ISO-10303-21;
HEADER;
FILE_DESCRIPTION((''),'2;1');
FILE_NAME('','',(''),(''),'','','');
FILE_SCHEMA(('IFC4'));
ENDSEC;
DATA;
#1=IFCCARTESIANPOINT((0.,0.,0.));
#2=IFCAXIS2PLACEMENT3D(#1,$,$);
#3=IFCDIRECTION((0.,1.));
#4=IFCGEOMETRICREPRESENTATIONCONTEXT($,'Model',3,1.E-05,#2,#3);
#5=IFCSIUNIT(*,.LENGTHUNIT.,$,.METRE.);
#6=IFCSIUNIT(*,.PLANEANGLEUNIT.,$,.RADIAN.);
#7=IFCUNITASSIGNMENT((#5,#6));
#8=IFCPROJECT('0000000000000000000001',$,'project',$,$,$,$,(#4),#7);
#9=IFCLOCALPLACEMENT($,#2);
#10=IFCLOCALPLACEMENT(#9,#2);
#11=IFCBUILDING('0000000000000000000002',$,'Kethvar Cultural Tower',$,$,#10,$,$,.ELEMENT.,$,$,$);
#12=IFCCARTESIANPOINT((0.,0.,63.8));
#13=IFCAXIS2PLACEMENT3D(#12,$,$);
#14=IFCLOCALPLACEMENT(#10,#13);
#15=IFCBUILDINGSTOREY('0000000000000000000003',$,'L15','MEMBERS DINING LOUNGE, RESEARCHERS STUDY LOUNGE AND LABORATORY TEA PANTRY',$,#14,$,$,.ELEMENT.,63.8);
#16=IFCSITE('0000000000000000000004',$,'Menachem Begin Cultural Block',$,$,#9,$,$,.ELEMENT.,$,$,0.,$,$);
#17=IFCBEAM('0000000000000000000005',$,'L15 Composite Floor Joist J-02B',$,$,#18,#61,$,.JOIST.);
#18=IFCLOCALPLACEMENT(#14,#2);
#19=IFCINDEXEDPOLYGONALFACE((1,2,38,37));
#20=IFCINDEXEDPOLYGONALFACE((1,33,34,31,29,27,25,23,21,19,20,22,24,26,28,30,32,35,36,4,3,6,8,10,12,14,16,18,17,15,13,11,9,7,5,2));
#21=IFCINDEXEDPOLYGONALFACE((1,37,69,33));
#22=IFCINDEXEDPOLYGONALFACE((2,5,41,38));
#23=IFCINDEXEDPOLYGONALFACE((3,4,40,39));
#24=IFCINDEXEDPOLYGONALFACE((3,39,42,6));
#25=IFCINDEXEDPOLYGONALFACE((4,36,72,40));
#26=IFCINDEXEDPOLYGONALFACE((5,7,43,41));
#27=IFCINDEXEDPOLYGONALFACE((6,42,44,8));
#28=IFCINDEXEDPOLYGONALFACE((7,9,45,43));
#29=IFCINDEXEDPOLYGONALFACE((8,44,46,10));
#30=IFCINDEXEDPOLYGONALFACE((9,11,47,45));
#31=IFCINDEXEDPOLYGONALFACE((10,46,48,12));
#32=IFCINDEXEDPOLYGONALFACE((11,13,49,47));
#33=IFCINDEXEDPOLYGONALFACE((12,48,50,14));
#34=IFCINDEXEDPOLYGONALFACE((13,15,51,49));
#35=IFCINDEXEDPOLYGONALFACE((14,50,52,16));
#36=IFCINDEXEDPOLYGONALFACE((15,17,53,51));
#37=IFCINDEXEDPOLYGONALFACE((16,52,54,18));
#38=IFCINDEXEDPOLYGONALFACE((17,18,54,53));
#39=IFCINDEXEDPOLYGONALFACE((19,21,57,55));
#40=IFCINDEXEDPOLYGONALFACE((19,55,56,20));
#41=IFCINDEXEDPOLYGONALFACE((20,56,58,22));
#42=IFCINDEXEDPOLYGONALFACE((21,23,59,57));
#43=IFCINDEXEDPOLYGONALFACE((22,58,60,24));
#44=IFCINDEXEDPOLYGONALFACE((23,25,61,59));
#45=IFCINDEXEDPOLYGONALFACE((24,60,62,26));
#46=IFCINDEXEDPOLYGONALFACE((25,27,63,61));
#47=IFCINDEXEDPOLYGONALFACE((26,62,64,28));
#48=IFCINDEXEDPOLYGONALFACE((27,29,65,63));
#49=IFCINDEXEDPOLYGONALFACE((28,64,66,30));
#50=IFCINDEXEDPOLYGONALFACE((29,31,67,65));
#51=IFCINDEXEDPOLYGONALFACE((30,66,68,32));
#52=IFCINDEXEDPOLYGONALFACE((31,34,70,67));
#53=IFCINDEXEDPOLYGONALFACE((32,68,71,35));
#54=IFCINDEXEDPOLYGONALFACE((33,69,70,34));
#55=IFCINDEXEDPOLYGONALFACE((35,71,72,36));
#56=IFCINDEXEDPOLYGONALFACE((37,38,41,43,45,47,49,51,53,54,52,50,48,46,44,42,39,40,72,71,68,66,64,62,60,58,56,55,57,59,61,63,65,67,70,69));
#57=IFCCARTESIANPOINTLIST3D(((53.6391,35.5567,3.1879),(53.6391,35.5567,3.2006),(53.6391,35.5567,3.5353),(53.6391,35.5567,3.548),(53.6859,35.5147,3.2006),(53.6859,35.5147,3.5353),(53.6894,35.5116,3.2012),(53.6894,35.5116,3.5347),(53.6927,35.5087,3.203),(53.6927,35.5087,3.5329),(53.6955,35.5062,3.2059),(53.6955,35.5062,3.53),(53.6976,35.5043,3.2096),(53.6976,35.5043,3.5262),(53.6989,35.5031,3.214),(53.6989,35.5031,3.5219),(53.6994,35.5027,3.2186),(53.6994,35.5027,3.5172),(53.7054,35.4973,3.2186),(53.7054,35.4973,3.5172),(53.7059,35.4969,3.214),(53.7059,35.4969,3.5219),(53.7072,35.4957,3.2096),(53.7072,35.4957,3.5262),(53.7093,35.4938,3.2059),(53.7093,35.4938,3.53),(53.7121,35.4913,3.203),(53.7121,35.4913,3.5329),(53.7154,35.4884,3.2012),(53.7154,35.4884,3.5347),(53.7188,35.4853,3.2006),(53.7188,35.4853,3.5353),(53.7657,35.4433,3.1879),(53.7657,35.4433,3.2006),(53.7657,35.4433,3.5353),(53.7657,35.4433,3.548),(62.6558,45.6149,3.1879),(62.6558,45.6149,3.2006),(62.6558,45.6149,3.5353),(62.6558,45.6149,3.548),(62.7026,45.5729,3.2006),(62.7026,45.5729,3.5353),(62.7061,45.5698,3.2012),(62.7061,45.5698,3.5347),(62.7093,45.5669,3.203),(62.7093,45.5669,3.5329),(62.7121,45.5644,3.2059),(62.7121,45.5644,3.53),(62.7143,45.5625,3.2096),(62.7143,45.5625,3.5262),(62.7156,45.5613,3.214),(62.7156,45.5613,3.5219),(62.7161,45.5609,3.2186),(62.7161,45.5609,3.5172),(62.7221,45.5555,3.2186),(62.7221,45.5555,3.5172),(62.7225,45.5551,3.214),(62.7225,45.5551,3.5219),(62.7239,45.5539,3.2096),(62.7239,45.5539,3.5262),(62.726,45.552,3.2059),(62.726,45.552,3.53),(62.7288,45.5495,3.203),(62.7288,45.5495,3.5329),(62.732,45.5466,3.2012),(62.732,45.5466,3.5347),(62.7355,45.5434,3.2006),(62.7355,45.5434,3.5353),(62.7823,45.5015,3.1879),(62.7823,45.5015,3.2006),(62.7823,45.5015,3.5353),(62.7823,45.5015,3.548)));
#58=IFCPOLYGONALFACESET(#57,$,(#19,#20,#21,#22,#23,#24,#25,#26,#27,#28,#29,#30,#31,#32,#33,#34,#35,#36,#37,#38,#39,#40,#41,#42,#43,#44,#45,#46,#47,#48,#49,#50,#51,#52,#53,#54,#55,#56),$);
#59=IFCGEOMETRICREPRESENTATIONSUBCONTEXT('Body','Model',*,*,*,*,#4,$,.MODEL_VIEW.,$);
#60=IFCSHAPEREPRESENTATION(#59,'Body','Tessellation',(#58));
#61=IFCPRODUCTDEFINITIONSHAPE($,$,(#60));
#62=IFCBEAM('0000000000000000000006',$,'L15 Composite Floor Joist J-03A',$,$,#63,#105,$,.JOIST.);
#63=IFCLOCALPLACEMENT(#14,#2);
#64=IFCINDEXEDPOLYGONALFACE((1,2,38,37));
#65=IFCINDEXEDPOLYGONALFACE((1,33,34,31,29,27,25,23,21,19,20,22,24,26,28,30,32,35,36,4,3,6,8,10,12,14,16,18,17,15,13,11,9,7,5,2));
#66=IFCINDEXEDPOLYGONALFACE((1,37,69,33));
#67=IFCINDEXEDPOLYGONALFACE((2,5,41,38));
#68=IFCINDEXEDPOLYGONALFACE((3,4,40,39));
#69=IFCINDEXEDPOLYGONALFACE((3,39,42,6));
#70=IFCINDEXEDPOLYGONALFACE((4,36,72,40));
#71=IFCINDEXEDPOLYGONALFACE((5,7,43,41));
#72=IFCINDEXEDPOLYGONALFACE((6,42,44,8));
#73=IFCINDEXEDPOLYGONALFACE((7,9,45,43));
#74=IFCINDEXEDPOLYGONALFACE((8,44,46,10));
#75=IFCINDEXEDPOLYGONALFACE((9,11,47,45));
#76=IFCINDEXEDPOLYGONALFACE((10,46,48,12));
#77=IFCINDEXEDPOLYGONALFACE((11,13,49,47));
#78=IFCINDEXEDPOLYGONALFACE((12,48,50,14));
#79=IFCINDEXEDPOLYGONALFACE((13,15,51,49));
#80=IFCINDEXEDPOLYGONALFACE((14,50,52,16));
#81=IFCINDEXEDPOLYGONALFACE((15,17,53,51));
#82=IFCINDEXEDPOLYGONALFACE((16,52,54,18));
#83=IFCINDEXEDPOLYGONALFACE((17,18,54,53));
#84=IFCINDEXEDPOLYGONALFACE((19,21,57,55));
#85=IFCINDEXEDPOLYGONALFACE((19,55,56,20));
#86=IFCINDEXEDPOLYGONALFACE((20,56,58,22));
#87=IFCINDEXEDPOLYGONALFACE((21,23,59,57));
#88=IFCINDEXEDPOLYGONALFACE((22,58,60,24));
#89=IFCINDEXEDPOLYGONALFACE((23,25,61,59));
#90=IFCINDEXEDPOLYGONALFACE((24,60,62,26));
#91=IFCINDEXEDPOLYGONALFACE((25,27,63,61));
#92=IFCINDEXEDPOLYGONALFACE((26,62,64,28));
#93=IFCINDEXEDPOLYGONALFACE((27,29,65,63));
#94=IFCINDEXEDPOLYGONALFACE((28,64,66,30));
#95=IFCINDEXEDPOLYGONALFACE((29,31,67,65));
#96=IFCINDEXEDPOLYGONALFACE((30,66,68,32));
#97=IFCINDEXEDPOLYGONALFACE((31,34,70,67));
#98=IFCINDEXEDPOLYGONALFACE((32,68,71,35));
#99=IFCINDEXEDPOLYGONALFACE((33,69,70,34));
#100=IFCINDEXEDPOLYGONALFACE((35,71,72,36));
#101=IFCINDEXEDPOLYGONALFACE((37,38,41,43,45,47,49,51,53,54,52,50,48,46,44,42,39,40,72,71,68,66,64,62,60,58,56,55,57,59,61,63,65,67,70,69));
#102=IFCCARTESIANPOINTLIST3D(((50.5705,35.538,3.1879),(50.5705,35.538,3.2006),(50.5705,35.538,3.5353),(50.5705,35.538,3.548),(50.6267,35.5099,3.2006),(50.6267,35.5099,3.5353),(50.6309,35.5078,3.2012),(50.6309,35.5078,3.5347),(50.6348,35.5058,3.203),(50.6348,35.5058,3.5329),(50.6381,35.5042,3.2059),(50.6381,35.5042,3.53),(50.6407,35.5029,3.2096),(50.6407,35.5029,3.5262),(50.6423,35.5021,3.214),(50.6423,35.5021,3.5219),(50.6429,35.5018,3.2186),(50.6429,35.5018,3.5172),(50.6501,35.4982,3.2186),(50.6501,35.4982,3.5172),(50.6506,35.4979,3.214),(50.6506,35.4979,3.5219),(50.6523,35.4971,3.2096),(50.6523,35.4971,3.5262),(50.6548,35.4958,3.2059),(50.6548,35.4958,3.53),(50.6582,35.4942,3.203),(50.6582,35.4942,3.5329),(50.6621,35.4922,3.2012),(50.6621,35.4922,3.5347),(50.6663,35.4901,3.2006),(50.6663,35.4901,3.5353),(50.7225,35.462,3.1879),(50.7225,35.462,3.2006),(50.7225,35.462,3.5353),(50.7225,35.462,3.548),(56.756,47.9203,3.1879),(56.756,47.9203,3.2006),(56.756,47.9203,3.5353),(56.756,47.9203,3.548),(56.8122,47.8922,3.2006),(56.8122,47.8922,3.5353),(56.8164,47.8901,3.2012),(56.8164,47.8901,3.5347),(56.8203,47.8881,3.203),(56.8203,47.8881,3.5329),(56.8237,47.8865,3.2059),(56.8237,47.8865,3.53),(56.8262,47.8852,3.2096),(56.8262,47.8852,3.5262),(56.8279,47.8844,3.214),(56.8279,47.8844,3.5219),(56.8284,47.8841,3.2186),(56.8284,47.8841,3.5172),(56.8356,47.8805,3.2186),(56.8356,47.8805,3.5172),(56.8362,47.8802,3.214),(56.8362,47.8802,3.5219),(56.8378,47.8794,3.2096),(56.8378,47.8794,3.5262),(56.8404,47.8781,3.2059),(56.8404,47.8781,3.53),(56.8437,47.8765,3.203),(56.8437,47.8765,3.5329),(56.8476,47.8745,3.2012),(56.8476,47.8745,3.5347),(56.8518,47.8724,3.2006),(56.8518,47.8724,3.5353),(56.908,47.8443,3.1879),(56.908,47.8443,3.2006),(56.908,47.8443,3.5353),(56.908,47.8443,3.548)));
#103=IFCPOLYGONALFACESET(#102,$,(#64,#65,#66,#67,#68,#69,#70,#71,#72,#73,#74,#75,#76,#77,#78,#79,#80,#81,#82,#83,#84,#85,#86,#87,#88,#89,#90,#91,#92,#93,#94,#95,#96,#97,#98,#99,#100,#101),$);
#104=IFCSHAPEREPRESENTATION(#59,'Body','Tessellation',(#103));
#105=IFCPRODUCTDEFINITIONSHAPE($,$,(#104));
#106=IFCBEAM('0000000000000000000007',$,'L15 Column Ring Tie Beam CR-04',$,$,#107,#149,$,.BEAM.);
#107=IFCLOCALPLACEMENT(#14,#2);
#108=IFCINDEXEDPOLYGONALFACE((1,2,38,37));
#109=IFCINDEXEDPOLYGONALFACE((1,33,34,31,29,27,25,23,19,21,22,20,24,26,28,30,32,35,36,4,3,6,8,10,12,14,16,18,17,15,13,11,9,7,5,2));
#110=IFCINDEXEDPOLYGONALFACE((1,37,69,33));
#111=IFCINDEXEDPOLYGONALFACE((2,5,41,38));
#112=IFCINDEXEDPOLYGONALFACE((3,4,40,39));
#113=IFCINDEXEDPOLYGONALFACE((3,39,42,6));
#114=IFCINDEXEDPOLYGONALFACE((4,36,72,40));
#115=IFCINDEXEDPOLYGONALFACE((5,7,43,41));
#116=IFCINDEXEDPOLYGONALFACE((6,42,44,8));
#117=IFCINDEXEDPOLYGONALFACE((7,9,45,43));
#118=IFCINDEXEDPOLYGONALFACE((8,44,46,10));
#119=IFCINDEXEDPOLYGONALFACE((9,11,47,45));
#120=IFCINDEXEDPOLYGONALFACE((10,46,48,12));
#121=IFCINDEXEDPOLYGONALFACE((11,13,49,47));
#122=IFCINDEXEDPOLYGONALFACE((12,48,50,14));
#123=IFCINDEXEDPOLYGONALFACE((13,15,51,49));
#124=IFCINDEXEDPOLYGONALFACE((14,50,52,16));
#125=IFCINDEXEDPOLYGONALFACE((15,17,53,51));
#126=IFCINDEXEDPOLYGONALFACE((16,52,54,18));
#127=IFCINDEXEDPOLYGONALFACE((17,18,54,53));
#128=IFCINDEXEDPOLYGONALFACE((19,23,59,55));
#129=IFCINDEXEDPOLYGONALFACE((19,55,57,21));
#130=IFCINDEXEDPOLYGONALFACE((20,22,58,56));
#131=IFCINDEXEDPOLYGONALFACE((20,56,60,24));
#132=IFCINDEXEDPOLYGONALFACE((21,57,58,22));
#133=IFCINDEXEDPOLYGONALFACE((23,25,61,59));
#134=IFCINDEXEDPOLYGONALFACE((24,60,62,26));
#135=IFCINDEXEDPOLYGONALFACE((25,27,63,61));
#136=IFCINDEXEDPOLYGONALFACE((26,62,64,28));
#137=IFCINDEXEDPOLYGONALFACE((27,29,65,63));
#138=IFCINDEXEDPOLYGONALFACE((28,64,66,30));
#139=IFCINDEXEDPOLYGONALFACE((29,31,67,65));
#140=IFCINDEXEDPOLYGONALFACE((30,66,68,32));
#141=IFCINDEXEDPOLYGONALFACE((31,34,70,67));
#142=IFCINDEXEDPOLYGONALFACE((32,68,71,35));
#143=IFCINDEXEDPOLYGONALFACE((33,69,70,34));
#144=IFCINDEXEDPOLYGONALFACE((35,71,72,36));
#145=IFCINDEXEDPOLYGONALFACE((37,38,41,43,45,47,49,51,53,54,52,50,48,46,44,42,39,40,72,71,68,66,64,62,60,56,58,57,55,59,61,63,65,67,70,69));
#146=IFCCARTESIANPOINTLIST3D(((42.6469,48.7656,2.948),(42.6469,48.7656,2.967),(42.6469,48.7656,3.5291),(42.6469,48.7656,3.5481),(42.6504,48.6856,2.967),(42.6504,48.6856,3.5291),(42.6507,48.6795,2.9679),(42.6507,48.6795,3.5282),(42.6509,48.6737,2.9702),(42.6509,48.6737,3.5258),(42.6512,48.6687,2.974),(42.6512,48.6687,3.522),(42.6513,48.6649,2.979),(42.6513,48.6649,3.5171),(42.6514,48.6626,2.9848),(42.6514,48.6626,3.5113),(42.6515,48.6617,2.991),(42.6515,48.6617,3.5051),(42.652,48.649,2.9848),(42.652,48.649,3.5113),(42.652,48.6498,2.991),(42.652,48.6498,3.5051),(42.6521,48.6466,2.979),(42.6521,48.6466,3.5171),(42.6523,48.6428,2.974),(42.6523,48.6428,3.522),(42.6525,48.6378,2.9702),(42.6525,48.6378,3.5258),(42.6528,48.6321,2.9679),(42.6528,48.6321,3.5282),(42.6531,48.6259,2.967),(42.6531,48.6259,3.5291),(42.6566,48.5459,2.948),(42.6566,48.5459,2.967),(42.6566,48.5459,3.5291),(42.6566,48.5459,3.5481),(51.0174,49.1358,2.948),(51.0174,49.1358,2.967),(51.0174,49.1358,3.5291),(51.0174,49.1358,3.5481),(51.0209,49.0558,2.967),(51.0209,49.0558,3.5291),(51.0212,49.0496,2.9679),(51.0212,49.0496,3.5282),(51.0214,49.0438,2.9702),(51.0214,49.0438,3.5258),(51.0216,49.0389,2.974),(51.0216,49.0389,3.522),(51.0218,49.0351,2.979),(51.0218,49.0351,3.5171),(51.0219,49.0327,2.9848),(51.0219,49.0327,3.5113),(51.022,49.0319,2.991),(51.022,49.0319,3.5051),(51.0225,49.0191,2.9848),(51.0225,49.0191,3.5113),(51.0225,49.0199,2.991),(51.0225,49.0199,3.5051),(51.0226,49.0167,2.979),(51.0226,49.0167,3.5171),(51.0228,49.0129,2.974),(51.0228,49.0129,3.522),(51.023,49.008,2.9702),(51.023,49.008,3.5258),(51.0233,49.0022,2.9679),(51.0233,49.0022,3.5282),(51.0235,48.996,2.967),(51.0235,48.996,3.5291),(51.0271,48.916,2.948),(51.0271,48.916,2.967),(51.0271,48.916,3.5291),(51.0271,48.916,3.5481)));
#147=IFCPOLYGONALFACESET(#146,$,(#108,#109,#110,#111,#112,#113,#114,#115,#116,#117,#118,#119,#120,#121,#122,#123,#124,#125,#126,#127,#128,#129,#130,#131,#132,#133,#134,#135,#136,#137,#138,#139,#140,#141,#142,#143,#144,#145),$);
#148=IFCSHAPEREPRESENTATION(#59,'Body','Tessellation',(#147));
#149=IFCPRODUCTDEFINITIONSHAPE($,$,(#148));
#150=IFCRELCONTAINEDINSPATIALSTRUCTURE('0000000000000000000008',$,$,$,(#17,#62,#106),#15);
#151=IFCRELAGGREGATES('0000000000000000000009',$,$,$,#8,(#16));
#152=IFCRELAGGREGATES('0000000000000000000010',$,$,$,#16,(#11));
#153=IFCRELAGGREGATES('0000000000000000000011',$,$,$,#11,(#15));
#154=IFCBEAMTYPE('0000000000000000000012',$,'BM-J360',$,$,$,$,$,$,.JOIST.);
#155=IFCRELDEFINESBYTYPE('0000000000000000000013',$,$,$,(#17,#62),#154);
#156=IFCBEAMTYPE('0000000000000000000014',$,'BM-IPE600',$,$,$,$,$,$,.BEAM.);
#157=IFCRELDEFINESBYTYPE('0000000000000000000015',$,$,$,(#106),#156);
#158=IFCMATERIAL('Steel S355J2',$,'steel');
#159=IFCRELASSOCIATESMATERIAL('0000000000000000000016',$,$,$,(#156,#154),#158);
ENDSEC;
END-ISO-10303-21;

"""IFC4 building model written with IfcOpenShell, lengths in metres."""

from ifc_helpers import new_model, si_unit, direction, frame, origin, origin_2d, place, context, subcontext, project, spatial, i_section, extrude, source, transform, mapped, material, material_profile, profile_set, type_object, element, save


model = new_model("IFC4")

# Units and contexts
model_context = context("Model", 3, precision=1e-05, world=origin(), true_north=direction((0.0, 1.0)))
body_context = subcontext(model_context, "Body", "Model", "MODEL_VIEW")
ifc_project = project(units=[si_unit("LENGTHUNIT", "METRE"), si_unit("PLANEANGLEUNIT", "RADIAN")], contexts=[model_context])

# Site, building, storey
site_placement = place(None, origin())
site = spatial("IfcSite", under=ifc_project, at=site_placement, Name="Menachem Begin Cultural Block", CompositionType="ELEMENT", RefElevation=0.0)
building_placement = place(site_placement, origin())
building = spatial("IfcBuilding", under=site, at=building_placement, Name="Kethvar Cultural Tower", CompositionType="ELEMENT")
storey_placement = place(building_placement, frame((0.0, 0.0, 63.8)))
storey = spatial("IfcBuildingStorey", under=building, at=storey_placement, Name="L15", Description="MEMBERS DINING LOUNGE, RESEARCHERS STUDY LOUNGE AND LABORATORY TEA PANTRY", CompositionType="ELEMENT", Elevation=63.8)

# Beams
ifc_material_1 = material(Name="Steel S355J2", Category="steel")
ifc_material_profile_1 = material_profile(ifc_material_1, i_section(OverallWidth=0.22, OverallDepth=0.6001, WebThickness=0.012, FlangeThickness=0.019, FilletRadius=0.0239, at=origin_2d()), Name="Steel S355J2 — IPE600")
ifc_profile_set_1 = profile_set([ifc_material_profile_1], Name="Steel S355J2 — IPE600")
beam_type_1 = type_object("IfcBeamType", Name="BM-IPE600", PredefinedType="BEAM", material=ifc_profile_set_1)
ifc_material_profile_2 = material_profile(ifc_material_1, i_section(OverallWidth=0.1699, OverallDepth=0.3601, WebThickness=0.0081, FlangeThickness=0.0127, FilletRadius=0.0181, at=origin_2d()), Name="Steel S355J2 — IPE360")
ifc_profile_set_2 = profile_set([ifc_material_profile_2], Name="Steel S355J2 — IPE360")
beam_type_2 = type_object("IfcBeamType", Name="BM-J360", PredefinedType="JOIST", material=ifc_profile_set_2)
shared_shape_1 = source(origin(), body_context, "Body", "SweptSolid", [
    extrude(i_section(OverallWidth=0.1699, OverallDepth=0.3601, WebThickness=0.0081, FlangeThickness=0.0127, FilletRadius=0.0181, at=origin_2d()), origin(), (0.0, 0.0, 1.0), 13.5081),
])
beam_1_placement = place(storey_placement, frame((53.7024, 35.5, 3.3679), z_axis=(0.667504, 0.744607, 0.0), x_axis=(-0.744607, 0.667504, 0.0)))
element("IfcBeam", 1, at=beam_1_placement, inside=storey, type_object=beam_type_2, Name="L15 Composite Floor Joist J-02B", PredefinedType="JOIST", context=body_context, shape_type="MappedRepresentation", body=[
    mapped(shared_shape_1, transform((0.0, 0.0, 0.0), scale=1.0)),
])
shared_shape_2 = source(origin(), body_context, "Body", "SweptSolid", [
    extrude(i_section(OverallWidth=0.1699, OverallDepth=0.3601, WebThickness=0.0081, FlangeThickness=0.0127, FilletRadius=0.0181, at=origin_2d()), origin(), (0.0, 0.0, 1.0), 13.8413),
])
beam_2_placement = place(storey_placement, frame((50.6465, 35.5, 3.3679), z_axis=(0.446889, 0.894589, 0.0), x_axis=(-0.894589, 0.446889, 0.0)))
element("IfcBeam", 2, at=beam_2_placement, inside=storey, type_object=beam_type_2, Name="L15 Composite Floor Joist J-03A", PredefinedType="JOIST", context=body_context, shape_type="MappedRepresentation", body=[
    mapped(shared_shape_2, transform((0.0, 0.0, 0.0), scale=1.0)),
])
shared_shape_3 = source(origin(), body_context, "Body", "SweptSolid", [
    extrude(i_section(OverallWidth=0.22, OverallDepth=0.6001, WebThickness=0.012, FlangeThickness=0.019, FilletRadius=0.0239, at=origin_2d()), origin(), (0.0, 0.0, 1.0), 8.3787),
])
beam_3_placement = place(storey_placement, frame((51.0222, 49.0259, 3.248), z_axis=(-0.999024, -0.044173, 0.0), x_axis=(0.044173, -0.999024, 0.0)))
element("IfcBeam", 3, at=beam_3_placement, inside=storey, type_object=beam_type_1, Name="L15 Column Ring Tie Beam CR-04", PredefinedType="BEAM", context=body_context, shape_type="MappedRepresentation", body=[
    mapped(shared_shape_3, transform((0.0, 0.0, 0.0), scale=1.0)),
])

save(model, "model.ifc")
